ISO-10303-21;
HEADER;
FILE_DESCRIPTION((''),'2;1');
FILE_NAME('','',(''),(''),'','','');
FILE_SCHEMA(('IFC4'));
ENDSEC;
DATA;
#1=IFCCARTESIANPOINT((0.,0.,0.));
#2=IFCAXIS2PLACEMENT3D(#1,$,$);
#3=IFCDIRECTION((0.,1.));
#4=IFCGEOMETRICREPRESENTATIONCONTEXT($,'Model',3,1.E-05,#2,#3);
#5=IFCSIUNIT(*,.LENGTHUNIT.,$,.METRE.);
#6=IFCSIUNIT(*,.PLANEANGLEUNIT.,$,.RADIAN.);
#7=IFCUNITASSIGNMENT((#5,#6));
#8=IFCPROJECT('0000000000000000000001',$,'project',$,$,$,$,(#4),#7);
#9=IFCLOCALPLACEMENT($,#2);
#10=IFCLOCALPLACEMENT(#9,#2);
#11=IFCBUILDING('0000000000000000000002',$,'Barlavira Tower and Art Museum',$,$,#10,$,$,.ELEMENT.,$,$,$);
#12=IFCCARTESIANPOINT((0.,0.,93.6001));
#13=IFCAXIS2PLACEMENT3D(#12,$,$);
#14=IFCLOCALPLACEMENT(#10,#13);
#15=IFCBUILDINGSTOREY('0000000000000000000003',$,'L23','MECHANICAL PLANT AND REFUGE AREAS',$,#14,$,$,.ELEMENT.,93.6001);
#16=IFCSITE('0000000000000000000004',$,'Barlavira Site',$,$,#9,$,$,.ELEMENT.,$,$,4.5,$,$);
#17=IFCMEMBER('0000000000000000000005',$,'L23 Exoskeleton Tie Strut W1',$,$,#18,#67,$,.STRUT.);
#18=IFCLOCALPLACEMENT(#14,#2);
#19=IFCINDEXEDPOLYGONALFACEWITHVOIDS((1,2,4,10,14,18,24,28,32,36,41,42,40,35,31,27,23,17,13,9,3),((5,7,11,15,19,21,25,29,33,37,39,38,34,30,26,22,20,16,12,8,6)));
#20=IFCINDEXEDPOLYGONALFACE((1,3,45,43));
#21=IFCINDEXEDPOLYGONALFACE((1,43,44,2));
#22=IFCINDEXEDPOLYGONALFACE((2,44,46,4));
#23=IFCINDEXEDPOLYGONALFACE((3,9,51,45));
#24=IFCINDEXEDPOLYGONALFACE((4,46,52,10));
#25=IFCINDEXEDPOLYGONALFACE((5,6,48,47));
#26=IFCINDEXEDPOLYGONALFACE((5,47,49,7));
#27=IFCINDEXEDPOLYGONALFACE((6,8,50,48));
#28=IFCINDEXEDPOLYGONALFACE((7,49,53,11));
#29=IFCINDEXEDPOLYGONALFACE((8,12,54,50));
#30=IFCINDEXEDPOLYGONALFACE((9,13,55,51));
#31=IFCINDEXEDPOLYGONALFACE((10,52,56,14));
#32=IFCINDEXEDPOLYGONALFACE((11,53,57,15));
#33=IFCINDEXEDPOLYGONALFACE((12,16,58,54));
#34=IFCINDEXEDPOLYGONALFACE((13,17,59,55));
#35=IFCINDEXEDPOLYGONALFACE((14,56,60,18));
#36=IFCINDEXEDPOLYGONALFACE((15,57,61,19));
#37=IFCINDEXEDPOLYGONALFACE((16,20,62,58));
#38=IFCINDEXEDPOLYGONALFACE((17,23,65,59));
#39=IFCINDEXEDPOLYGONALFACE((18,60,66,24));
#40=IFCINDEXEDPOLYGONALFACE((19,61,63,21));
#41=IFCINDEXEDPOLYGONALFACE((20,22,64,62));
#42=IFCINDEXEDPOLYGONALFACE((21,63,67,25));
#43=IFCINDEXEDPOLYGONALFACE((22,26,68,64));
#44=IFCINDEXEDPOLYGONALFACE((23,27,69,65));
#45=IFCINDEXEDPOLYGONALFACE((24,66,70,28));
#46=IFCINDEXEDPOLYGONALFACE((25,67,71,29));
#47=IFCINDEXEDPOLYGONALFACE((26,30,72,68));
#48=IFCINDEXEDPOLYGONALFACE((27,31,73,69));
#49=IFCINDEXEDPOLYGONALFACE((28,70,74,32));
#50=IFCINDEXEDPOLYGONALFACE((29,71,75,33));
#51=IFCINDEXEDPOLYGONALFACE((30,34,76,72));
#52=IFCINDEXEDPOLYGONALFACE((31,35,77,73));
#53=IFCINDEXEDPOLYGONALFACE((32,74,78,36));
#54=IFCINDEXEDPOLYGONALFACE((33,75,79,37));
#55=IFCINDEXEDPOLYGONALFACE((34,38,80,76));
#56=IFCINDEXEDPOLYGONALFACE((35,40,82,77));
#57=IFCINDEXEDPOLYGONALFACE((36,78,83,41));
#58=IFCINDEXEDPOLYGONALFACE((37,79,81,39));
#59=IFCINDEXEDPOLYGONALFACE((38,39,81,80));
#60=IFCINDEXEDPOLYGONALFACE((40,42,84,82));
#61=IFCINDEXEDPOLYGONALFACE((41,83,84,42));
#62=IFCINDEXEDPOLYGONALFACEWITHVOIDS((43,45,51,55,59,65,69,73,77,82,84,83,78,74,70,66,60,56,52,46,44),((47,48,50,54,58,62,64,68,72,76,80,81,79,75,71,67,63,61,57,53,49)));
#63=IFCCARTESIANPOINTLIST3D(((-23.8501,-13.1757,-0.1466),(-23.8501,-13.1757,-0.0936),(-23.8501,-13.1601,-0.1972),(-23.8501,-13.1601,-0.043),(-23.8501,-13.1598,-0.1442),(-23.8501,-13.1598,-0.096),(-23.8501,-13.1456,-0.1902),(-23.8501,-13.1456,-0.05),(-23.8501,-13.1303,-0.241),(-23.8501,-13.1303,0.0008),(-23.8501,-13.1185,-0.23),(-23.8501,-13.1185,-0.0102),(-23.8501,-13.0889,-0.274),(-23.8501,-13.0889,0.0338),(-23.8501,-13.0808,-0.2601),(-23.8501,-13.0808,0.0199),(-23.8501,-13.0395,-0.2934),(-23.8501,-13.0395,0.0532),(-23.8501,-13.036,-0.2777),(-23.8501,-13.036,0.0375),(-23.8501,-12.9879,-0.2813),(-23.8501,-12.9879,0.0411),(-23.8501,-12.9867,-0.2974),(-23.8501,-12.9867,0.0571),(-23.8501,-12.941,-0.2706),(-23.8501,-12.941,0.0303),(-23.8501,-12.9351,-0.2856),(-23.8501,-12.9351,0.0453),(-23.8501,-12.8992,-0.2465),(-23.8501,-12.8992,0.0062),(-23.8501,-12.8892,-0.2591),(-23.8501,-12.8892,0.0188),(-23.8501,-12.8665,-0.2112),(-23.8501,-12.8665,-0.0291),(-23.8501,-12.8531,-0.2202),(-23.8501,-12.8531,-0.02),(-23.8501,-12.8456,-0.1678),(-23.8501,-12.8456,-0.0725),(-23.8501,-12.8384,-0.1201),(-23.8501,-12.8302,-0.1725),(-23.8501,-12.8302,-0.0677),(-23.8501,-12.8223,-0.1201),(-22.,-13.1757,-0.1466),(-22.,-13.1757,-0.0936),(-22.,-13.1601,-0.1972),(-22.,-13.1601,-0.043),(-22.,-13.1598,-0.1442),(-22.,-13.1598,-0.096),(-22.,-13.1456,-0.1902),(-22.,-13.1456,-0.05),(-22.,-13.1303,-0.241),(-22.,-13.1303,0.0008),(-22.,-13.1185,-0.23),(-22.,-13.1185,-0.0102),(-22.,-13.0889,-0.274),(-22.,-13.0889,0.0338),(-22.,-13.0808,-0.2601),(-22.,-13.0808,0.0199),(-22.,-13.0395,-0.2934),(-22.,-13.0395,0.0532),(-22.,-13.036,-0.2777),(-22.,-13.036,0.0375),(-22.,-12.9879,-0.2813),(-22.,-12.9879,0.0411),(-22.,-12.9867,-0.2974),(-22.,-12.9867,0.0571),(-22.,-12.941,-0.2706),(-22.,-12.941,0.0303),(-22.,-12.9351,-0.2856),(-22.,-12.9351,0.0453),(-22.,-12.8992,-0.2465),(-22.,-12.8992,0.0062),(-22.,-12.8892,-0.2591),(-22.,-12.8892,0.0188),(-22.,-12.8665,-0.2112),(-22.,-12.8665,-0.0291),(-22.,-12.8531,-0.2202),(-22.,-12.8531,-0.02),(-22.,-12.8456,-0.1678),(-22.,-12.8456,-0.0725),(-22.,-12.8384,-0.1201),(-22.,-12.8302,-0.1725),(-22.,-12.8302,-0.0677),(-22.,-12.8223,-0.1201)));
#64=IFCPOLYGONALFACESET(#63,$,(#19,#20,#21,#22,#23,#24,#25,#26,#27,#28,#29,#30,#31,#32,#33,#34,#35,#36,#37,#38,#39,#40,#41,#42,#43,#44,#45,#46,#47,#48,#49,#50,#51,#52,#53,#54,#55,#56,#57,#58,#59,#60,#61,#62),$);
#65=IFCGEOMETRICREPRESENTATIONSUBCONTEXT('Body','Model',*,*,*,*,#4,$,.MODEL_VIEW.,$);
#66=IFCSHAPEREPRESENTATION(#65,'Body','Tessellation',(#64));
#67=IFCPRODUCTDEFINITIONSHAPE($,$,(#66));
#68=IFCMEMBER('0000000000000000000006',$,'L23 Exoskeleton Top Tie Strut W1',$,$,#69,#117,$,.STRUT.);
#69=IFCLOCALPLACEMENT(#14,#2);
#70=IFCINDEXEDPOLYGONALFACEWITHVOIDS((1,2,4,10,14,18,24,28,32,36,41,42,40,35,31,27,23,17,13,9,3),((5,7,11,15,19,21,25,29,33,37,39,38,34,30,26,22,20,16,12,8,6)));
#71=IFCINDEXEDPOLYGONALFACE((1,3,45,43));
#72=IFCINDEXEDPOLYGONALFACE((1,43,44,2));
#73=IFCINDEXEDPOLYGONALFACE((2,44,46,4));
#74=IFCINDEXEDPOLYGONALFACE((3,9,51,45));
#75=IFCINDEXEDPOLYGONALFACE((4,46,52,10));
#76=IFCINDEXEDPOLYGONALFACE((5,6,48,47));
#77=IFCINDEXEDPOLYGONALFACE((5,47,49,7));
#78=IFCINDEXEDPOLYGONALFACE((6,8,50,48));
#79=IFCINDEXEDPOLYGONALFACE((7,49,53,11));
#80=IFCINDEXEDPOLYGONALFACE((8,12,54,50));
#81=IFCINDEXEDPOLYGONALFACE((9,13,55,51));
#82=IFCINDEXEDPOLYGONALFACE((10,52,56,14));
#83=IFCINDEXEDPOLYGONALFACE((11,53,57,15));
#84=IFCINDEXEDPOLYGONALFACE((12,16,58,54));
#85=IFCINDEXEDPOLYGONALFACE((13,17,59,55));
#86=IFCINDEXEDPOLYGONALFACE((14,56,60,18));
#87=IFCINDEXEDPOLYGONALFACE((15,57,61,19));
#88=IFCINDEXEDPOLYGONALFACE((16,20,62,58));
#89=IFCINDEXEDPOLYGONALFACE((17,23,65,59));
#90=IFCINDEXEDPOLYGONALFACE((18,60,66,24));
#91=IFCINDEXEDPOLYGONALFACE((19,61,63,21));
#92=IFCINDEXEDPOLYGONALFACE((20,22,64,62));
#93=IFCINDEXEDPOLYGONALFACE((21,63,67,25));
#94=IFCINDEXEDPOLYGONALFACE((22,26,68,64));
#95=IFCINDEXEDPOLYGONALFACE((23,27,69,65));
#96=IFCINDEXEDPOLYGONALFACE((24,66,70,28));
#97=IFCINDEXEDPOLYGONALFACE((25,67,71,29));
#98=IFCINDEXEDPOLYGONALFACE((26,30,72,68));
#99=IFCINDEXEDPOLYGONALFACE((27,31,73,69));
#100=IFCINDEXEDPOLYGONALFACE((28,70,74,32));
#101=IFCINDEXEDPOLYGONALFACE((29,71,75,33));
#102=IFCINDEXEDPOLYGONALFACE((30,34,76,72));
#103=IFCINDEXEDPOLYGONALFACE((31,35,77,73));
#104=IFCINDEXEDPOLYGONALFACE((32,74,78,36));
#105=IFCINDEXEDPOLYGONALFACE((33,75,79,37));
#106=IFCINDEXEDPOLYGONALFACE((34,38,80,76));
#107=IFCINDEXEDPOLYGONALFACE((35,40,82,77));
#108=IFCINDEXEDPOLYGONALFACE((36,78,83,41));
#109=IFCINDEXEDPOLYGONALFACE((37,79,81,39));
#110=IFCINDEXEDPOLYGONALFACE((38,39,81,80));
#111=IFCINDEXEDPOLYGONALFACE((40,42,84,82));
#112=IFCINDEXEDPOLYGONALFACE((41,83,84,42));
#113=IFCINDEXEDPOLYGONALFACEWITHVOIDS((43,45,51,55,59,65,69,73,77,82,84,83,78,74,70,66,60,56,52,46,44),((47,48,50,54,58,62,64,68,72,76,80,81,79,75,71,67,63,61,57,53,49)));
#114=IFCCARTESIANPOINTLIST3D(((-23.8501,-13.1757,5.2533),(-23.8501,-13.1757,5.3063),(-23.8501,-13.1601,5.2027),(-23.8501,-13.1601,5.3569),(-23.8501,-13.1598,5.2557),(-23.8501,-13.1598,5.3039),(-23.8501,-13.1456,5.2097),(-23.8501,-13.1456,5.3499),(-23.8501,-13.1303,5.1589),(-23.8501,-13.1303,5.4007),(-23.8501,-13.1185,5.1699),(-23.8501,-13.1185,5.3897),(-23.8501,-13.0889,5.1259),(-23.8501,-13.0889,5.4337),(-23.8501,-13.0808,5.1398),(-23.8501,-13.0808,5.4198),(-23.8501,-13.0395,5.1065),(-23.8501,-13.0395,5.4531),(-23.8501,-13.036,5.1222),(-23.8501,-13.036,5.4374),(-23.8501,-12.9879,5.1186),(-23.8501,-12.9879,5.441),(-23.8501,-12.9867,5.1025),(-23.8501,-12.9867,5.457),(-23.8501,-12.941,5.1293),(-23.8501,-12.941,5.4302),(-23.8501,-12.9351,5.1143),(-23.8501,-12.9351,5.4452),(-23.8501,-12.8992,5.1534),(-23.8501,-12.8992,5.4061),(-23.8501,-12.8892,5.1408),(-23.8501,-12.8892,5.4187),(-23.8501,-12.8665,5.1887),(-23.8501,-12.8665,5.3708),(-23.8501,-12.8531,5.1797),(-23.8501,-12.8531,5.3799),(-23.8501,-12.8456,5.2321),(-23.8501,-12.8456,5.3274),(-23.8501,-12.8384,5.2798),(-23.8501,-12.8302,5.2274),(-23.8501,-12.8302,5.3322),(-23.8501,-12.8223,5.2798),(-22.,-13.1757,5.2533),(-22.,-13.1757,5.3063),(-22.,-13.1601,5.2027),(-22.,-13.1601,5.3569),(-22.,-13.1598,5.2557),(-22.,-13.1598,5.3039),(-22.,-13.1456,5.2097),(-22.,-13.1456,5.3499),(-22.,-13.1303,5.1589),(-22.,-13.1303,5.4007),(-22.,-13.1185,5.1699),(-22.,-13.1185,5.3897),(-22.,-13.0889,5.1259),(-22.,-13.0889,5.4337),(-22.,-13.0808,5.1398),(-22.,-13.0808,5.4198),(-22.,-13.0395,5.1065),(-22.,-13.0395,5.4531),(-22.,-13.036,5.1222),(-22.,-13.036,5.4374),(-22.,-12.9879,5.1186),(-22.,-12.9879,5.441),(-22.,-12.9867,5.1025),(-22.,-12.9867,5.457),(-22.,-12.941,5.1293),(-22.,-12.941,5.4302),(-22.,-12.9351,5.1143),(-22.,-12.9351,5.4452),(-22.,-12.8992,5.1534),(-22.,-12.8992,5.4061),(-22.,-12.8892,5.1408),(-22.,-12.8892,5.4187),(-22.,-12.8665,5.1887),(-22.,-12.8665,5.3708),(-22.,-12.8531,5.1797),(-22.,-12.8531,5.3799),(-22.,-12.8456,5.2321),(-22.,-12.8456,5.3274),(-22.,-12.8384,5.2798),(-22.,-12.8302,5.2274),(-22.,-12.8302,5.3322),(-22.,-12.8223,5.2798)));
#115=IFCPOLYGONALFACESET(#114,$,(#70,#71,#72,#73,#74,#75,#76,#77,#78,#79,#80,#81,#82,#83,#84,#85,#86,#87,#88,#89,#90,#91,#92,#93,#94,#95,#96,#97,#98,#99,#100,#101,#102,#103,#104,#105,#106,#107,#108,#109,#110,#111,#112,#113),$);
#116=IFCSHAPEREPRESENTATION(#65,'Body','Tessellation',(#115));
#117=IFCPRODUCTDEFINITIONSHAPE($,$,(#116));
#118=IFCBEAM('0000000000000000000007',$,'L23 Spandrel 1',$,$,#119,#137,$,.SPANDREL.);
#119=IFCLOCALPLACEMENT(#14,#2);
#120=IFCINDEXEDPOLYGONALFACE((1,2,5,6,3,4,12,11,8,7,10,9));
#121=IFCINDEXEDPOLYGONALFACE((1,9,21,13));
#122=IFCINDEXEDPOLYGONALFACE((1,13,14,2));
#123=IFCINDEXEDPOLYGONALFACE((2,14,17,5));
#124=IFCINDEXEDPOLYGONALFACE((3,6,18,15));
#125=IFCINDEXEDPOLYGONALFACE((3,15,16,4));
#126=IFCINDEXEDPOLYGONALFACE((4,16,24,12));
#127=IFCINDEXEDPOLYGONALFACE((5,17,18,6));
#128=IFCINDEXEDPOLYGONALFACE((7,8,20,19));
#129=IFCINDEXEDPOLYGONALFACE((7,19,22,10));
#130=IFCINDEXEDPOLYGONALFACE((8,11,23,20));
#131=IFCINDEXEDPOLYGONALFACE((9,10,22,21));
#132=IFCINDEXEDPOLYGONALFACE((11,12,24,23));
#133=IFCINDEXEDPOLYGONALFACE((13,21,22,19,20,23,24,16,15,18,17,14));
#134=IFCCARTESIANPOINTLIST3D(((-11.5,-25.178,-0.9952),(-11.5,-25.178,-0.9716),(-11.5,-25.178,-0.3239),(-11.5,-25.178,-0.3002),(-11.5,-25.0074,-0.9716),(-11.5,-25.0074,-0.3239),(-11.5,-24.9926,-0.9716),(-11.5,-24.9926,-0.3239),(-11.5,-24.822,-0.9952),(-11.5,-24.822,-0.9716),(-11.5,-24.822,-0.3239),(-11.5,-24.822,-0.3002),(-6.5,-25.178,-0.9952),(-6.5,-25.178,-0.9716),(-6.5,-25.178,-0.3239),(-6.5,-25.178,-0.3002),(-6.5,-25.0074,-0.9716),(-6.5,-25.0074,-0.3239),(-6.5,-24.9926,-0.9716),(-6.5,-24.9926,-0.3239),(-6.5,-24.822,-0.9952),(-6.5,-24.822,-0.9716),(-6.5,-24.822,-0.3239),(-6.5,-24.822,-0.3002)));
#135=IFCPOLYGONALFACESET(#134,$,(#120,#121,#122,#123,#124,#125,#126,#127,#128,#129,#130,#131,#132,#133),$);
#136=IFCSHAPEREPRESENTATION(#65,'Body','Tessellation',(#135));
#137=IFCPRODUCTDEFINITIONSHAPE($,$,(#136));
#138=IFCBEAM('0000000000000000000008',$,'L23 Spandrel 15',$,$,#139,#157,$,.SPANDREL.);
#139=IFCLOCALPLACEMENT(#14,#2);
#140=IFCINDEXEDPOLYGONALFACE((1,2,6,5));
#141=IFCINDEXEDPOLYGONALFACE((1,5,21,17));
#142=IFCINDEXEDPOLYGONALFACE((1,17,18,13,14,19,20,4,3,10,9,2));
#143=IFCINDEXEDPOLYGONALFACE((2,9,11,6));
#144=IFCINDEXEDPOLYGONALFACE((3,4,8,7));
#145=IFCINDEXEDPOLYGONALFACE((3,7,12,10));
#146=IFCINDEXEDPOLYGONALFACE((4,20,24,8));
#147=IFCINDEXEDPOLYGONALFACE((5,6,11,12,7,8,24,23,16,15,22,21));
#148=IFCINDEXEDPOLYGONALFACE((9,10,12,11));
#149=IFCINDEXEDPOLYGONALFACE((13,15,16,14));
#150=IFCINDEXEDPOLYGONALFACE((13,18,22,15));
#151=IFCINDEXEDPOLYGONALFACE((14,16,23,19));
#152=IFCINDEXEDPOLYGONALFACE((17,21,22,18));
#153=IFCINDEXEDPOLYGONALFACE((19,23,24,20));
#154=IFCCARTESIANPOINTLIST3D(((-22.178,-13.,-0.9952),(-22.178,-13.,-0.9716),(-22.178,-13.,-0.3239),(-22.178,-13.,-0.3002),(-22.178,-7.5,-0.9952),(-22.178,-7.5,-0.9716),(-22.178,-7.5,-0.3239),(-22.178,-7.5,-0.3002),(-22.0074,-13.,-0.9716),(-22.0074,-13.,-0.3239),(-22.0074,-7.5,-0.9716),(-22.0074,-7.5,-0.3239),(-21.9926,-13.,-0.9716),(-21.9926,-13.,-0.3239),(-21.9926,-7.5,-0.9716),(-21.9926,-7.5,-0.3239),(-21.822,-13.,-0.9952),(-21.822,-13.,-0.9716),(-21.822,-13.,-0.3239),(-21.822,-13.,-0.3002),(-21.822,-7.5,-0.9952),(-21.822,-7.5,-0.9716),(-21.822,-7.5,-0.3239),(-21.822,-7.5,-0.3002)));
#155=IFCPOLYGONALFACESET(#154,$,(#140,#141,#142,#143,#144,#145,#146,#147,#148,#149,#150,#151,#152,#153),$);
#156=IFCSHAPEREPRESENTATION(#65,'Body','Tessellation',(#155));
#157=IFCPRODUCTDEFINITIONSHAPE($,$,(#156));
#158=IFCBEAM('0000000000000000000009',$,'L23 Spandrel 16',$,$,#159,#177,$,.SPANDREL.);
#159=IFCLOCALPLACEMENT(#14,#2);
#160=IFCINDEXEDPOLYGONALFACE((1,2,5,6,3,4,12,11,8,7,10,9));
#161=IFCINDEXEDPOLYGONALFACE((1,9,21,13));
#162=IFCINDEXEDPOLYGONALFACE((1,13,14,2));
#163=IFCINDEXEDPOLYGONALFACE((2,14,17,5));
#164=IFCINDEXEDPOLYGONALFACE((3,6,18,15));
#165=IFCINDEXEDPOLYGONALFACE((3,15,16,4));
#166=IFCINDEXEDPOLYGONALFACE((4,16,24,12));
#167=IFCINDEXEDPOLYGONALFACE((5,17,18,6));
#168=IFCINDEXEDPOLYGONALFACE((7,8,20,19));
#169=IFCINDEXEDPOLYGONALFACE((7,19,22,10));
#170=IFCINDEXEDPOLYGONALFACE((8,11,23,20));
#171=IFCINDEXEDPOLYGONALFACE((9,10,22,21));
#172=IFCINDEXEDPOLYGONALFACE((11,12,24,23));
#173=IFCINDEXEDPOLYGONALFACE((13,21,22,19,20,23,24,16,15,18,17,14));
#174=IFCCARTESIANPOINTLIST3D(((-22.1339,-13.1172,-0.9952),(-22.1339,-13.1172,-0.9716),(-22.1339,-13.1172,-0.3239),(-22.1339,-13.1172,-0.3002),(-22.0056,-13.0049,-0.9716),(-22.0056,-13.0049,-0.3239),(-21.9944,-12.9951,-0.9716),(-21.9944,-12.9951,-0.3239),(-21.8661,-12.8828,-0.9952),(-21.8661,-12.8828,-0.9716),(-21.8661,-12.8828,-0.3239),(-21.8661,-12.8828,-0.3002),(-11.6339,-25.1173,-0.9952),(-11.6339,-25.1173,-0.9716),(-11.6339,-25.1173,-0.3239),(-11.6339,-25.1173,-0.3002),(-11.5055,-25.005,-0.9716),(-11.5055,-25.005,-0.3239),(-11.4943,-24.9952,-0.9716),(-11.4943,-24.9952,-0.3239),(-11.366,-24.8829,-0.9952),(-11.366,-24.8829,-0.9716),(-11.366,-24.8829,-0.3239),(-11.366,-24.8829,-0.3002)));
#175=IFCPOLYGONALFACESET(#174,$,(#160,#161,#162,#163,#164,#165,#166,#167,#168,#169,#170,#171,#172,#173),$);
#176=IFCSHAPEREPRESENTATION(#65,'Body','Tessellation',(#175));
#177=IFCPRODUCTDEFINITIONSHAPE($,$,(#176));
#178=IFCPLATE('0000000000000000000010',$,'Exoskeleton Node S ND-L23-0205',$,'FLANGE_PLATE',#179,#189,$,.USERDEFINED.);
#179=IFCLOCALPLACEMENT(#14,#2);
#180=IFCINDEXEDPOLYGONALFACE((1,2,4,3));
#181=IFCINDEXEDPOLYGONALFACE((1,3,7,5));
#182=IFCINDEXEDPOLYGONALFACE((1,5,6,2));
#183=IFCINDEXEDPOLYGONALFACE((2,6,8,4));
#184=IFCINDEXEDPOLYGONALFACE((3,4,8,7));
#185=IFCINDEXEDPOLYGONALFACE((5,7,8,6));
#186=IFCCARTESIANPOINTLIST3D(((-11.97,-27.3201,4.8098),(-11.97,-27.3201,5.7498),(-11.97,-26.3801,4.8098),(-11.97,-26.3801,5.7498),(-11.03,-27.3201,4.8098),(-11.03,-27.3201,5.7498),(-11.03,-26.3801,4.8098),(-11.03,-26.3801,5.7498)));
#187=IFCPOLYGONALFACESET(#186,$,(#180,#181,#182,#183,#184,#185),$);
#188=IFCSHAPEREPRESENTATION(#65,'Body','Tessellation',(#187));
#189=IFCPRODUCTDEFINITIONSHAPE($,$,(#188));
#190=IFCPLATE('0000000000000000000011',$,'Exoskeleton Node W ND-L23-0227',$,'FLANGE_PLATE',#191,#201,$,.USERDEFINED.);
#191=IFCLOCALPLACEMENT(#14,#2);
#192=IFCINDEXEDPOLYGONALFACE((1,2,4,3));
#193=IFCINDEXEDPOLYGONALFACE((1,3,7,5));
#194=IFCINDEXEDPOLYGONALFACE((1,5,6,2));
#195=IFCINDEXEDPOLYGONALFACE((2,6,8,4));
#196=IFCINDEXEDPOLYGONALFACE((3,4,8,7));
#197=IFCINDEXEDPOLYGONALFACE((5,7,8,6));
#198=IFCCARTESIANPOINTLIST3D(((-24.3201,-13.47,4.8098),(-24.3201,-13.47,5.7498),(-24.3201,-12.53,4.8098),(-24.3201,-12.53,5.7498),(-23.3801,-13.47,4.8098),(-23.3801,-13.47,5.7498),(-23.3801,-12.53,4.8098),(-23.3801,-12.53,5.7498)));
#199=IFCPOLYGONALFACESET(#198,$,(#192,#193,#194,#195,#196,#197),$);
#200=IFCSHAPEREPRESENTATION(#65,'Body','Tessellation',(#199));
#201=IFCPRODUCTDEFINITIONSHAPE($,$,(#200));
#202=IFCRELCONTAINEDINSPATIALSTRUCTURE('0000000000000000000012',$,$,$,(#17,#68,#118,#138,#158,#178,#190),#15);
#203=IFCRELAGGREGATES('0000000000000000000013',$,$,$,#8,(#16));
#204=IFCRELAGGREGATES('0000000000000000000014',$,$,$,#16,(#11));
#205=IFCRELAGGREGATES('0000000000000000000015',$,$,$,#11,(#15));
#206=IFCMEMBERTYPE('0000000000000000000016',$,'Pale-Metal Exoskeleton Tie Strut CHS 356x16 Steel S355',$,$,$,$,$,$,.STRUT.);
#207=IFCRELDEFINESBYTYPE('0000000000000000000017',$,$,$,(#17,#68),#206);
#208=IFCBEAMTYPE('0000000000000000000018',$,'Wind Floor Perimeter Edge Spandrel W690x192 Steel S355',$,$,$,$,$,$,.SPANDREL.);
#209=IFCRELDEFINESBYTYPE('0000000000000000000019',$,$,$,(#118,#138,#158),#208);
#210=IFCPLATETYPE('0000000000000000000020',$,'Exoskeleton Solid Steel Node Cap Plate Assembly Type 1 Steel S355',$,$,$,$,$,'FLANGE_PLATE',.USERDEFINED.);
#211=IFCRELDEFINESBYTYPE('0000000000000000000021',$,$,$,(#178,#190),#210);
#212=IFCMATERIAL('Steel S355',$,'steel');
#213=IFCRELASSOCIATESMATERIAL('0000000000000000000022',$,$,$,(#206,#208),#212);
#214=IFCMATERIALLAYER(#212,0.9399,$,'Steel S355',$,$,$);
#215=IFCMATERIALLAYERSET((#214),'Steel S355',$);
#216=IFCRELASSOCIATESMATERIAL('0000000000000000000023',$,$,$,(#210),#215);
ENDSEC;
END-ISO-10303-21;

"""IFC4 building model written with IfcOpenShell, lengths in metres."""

from ifc_helpers import new_model, si_unit, direction, frame, origin, origin_2d, place, context, subcontext, project, spatial, rectangle, hollow_circle, i_section, extrude, material, layer, layer_set, material_profile, profile_set, type_object, element, save


model = new_model("IFC4")

# Units and contexts
model_context = context("Model", 3, precision=1e-05, world=origin(), true_north=direction((0.0, 1.0)))
body_context = subcontext(model_context, "Body", "Model", "MODEL_VIEW")
ifc_project = project(units=[si_unit("LENGTHUNIT", "METRE"), si_unit("PLANEANGLEUNIT", "RADIAN")], contexts=[model_context])

# Site, building, storey
site_placement = place(None, origin())
site = spatial("IfcSite", under=ifc_project, at=site_placement, Name="Barlavira Site", CompositionType="ELEMENT", RefElevation=4.5)
building_placement = place(site_placement, origin())
building = spatial("IfcBuilding", under=site, at=building_placement, Name="Barlavira Tower and Art Museum", CompositionType="ELEMENT")
storey_placement = place(building_placement, frame((0.0, 0.0, 93.6001)))
storey = spatial("IfcBuildingStorey", under=building, at=storey_placement, Name="L23", Description="MECHANICAL PLANT AND REFUGE AREAS", CompositionType="ELEMENT", Elevation=93.6001)

# Members
ifc_material_1 = material(Name="Steel S355", Category="steel")
ifc_material_profile_1 = material_profile(ifc_material_1, hollow_circle(Radius=0.1777, WallThickness=0.0161, at=origin_2d()), Name="CHS 355.6x16.0")
ifc_profile_set_1 = profile_set([ifc_material_profile_1], Name="Steel S355")
member_type_1 = type_object("IfcMemberType", Name="Pale-Metal Exoskeleton Tie Strut CHS 356x16 Steel S355", PredefinedType="STRUT", material=ifc_profile_set_1)
for number, where, z_axis, x_axis, name in (
    (1, (-23.8501, -13.0, -0.1201), (1.0, 0.0, 0.0), (0.0, 1.0, 0.0), "L23 Exoskeleton Tie Strut W1"),
    (2, (-23.8501, -13.0, 5.2798), (1.0, 0.0, 0.0), (0.0, 1.0, 0.0), "L23 Exoskeleton Top Tie Strut W1"),
):
    element("IfcMember", number, at=place(storey_placement, frame(where, z_axis=z_axis, x_axis=x_axis)), inside=storey, type_object=member_type_1, Name=name, PredefinedType="STRUT", context=body_context, shape_type="SweptSolid", body=[
        extrude(hollow_circle(Radius=0.1777, WallThickness=0.0161, at=origin_2d()), origin(), (0.0, 0.0, 1.0), 1.8501),
    ])

# Beams
ifc_material_profile_2 = material_profile(ifc_material_1, i_section(OverallWidth=0.356, OverallDepth=0.6951, WebThickness=0.0149, FlangeThickness=0.0237, at=origin_2d()), Name="W690x192.0")
ifc_profile_set_2 = profile_set([ifc_material_profile_2], Name="Steel S355")
beam_type = type_object("IfcBeamType", Name="Wind Floor Perimeter Edge Spandrel W690x192 Steel S355", PredefinedType="SPANDREL", material=ifc_profile_set_2)
beam_1_placement = place(storey_placement, frame((-11.5, -25.0, -0.6477), z_axis=(1.0, 0.0, 0.0), x_axis=(0.0, 1.0, 0.0)))
element("IfcBeam", 3, at=beam_1_placement, inside=storey, type_object=beam_type, Name="L23 Spandrel 1", PredefinedType="SPANDREL", context=body_context, shape_type="SweptSolid", body=[
    extrude(i_section(OverallWidth=0.356, OverallDepth=0.6951, WebThickness=0.0149, FlangeThickness=0.0237, at=origin_2d()), origin(), (0.0, 0.0, 1.0), 5.0),
])
beam_2_placement = place(storey_placement, frame((-22.0, -13.0, -0.6477), z_axis=(0.0, 1.0, 0.0), x_axis=(-1.0, 0.0, 0.0)))
element("IfcBeam", 4, at=beam_2_placement, inside=storey, type_object=beam_type, Name="L23 Spandrel 15", PredefinedType="SPANDREL", context=body_context, shape_type="SweptSolid", body=[
    extrude(i_section(OverallWidth=0.356, OverallDepth=0.6951, WebThickness=0.0149, FlangeThickness=0.0237, at=origin_2d()), origin(), (0.0, 0.0, 1.0), 5.5),
])
beam_3_placement = place(storey_placement, frame((-22.0, -13.0, -0.6477), z_axis=(0.658505, -0.752577, 0.0), x_axis=(0.752577, 0.658505, 0.0)))
element("IfcBeam", 5, at=beam_3_placement, inside=storey, type_object=beam_type, Name="L23 Spandrel 16", PredefinedType="SPANDREL", context=body_context, shape_type="SweptSolid", body=[
    extrude(i_section(OverallWidth=0.356, OverallDepth=0.6951, WebThickness=0.0149, FlangeThickness=0.0237, at=origin_2d()), origin(), (0.0, 0.0, 1.0), 15.9453),
])

# Plates
ifc_layer_1 = layer(ifc_material_1, 0.9399, Name="Steel S355")
ifc_layer_set_1 = layer_set([ifc_layer_1], Name="Steel S355")
plate_type_1 = type_object("IfcPlateType", Name="Exoskeleton Solid Steel Node Cap Plate Assembly Type 1 Steel S355", ElementType="FLANGE_PLATE", PredefinedType="USERDEFINED", material=ifc_layer_set_1)
for number, where, z_axis, x_axis, name in (
    (6, (-11.5, -26.8501, 4.8098), (0.0, 0.0, 1.0), (1.0, 0.0, 0.0), "Exoskeleton Node S ND-L23-0205"),
    (7, (-23.8501, -13.0, 4.8098), (0.0, 0.0, 1.0), (1.0, 0.0, 0.0), "Exoskeleton Node W ND-L23-0227"),
):
    element("IfcPlate", number, at=place(storey_placement, frame(where, z_axis=z_axis, x_axis=x_axis)), inside=storey, type_object=plate_type_1, Name=name, ObjectType="FLANGE_PLATE", PredefinedType="USERDEFINED", context=body_context, shape_type="SweptSolid", body=[
        extrude(rectangle(XDim=0.9399, YDim=0.9399, at=origin_2d()), origin(), (0.0, 0.0, 1.0), 0.9399),
    ])

save(model, "model.ifc")
